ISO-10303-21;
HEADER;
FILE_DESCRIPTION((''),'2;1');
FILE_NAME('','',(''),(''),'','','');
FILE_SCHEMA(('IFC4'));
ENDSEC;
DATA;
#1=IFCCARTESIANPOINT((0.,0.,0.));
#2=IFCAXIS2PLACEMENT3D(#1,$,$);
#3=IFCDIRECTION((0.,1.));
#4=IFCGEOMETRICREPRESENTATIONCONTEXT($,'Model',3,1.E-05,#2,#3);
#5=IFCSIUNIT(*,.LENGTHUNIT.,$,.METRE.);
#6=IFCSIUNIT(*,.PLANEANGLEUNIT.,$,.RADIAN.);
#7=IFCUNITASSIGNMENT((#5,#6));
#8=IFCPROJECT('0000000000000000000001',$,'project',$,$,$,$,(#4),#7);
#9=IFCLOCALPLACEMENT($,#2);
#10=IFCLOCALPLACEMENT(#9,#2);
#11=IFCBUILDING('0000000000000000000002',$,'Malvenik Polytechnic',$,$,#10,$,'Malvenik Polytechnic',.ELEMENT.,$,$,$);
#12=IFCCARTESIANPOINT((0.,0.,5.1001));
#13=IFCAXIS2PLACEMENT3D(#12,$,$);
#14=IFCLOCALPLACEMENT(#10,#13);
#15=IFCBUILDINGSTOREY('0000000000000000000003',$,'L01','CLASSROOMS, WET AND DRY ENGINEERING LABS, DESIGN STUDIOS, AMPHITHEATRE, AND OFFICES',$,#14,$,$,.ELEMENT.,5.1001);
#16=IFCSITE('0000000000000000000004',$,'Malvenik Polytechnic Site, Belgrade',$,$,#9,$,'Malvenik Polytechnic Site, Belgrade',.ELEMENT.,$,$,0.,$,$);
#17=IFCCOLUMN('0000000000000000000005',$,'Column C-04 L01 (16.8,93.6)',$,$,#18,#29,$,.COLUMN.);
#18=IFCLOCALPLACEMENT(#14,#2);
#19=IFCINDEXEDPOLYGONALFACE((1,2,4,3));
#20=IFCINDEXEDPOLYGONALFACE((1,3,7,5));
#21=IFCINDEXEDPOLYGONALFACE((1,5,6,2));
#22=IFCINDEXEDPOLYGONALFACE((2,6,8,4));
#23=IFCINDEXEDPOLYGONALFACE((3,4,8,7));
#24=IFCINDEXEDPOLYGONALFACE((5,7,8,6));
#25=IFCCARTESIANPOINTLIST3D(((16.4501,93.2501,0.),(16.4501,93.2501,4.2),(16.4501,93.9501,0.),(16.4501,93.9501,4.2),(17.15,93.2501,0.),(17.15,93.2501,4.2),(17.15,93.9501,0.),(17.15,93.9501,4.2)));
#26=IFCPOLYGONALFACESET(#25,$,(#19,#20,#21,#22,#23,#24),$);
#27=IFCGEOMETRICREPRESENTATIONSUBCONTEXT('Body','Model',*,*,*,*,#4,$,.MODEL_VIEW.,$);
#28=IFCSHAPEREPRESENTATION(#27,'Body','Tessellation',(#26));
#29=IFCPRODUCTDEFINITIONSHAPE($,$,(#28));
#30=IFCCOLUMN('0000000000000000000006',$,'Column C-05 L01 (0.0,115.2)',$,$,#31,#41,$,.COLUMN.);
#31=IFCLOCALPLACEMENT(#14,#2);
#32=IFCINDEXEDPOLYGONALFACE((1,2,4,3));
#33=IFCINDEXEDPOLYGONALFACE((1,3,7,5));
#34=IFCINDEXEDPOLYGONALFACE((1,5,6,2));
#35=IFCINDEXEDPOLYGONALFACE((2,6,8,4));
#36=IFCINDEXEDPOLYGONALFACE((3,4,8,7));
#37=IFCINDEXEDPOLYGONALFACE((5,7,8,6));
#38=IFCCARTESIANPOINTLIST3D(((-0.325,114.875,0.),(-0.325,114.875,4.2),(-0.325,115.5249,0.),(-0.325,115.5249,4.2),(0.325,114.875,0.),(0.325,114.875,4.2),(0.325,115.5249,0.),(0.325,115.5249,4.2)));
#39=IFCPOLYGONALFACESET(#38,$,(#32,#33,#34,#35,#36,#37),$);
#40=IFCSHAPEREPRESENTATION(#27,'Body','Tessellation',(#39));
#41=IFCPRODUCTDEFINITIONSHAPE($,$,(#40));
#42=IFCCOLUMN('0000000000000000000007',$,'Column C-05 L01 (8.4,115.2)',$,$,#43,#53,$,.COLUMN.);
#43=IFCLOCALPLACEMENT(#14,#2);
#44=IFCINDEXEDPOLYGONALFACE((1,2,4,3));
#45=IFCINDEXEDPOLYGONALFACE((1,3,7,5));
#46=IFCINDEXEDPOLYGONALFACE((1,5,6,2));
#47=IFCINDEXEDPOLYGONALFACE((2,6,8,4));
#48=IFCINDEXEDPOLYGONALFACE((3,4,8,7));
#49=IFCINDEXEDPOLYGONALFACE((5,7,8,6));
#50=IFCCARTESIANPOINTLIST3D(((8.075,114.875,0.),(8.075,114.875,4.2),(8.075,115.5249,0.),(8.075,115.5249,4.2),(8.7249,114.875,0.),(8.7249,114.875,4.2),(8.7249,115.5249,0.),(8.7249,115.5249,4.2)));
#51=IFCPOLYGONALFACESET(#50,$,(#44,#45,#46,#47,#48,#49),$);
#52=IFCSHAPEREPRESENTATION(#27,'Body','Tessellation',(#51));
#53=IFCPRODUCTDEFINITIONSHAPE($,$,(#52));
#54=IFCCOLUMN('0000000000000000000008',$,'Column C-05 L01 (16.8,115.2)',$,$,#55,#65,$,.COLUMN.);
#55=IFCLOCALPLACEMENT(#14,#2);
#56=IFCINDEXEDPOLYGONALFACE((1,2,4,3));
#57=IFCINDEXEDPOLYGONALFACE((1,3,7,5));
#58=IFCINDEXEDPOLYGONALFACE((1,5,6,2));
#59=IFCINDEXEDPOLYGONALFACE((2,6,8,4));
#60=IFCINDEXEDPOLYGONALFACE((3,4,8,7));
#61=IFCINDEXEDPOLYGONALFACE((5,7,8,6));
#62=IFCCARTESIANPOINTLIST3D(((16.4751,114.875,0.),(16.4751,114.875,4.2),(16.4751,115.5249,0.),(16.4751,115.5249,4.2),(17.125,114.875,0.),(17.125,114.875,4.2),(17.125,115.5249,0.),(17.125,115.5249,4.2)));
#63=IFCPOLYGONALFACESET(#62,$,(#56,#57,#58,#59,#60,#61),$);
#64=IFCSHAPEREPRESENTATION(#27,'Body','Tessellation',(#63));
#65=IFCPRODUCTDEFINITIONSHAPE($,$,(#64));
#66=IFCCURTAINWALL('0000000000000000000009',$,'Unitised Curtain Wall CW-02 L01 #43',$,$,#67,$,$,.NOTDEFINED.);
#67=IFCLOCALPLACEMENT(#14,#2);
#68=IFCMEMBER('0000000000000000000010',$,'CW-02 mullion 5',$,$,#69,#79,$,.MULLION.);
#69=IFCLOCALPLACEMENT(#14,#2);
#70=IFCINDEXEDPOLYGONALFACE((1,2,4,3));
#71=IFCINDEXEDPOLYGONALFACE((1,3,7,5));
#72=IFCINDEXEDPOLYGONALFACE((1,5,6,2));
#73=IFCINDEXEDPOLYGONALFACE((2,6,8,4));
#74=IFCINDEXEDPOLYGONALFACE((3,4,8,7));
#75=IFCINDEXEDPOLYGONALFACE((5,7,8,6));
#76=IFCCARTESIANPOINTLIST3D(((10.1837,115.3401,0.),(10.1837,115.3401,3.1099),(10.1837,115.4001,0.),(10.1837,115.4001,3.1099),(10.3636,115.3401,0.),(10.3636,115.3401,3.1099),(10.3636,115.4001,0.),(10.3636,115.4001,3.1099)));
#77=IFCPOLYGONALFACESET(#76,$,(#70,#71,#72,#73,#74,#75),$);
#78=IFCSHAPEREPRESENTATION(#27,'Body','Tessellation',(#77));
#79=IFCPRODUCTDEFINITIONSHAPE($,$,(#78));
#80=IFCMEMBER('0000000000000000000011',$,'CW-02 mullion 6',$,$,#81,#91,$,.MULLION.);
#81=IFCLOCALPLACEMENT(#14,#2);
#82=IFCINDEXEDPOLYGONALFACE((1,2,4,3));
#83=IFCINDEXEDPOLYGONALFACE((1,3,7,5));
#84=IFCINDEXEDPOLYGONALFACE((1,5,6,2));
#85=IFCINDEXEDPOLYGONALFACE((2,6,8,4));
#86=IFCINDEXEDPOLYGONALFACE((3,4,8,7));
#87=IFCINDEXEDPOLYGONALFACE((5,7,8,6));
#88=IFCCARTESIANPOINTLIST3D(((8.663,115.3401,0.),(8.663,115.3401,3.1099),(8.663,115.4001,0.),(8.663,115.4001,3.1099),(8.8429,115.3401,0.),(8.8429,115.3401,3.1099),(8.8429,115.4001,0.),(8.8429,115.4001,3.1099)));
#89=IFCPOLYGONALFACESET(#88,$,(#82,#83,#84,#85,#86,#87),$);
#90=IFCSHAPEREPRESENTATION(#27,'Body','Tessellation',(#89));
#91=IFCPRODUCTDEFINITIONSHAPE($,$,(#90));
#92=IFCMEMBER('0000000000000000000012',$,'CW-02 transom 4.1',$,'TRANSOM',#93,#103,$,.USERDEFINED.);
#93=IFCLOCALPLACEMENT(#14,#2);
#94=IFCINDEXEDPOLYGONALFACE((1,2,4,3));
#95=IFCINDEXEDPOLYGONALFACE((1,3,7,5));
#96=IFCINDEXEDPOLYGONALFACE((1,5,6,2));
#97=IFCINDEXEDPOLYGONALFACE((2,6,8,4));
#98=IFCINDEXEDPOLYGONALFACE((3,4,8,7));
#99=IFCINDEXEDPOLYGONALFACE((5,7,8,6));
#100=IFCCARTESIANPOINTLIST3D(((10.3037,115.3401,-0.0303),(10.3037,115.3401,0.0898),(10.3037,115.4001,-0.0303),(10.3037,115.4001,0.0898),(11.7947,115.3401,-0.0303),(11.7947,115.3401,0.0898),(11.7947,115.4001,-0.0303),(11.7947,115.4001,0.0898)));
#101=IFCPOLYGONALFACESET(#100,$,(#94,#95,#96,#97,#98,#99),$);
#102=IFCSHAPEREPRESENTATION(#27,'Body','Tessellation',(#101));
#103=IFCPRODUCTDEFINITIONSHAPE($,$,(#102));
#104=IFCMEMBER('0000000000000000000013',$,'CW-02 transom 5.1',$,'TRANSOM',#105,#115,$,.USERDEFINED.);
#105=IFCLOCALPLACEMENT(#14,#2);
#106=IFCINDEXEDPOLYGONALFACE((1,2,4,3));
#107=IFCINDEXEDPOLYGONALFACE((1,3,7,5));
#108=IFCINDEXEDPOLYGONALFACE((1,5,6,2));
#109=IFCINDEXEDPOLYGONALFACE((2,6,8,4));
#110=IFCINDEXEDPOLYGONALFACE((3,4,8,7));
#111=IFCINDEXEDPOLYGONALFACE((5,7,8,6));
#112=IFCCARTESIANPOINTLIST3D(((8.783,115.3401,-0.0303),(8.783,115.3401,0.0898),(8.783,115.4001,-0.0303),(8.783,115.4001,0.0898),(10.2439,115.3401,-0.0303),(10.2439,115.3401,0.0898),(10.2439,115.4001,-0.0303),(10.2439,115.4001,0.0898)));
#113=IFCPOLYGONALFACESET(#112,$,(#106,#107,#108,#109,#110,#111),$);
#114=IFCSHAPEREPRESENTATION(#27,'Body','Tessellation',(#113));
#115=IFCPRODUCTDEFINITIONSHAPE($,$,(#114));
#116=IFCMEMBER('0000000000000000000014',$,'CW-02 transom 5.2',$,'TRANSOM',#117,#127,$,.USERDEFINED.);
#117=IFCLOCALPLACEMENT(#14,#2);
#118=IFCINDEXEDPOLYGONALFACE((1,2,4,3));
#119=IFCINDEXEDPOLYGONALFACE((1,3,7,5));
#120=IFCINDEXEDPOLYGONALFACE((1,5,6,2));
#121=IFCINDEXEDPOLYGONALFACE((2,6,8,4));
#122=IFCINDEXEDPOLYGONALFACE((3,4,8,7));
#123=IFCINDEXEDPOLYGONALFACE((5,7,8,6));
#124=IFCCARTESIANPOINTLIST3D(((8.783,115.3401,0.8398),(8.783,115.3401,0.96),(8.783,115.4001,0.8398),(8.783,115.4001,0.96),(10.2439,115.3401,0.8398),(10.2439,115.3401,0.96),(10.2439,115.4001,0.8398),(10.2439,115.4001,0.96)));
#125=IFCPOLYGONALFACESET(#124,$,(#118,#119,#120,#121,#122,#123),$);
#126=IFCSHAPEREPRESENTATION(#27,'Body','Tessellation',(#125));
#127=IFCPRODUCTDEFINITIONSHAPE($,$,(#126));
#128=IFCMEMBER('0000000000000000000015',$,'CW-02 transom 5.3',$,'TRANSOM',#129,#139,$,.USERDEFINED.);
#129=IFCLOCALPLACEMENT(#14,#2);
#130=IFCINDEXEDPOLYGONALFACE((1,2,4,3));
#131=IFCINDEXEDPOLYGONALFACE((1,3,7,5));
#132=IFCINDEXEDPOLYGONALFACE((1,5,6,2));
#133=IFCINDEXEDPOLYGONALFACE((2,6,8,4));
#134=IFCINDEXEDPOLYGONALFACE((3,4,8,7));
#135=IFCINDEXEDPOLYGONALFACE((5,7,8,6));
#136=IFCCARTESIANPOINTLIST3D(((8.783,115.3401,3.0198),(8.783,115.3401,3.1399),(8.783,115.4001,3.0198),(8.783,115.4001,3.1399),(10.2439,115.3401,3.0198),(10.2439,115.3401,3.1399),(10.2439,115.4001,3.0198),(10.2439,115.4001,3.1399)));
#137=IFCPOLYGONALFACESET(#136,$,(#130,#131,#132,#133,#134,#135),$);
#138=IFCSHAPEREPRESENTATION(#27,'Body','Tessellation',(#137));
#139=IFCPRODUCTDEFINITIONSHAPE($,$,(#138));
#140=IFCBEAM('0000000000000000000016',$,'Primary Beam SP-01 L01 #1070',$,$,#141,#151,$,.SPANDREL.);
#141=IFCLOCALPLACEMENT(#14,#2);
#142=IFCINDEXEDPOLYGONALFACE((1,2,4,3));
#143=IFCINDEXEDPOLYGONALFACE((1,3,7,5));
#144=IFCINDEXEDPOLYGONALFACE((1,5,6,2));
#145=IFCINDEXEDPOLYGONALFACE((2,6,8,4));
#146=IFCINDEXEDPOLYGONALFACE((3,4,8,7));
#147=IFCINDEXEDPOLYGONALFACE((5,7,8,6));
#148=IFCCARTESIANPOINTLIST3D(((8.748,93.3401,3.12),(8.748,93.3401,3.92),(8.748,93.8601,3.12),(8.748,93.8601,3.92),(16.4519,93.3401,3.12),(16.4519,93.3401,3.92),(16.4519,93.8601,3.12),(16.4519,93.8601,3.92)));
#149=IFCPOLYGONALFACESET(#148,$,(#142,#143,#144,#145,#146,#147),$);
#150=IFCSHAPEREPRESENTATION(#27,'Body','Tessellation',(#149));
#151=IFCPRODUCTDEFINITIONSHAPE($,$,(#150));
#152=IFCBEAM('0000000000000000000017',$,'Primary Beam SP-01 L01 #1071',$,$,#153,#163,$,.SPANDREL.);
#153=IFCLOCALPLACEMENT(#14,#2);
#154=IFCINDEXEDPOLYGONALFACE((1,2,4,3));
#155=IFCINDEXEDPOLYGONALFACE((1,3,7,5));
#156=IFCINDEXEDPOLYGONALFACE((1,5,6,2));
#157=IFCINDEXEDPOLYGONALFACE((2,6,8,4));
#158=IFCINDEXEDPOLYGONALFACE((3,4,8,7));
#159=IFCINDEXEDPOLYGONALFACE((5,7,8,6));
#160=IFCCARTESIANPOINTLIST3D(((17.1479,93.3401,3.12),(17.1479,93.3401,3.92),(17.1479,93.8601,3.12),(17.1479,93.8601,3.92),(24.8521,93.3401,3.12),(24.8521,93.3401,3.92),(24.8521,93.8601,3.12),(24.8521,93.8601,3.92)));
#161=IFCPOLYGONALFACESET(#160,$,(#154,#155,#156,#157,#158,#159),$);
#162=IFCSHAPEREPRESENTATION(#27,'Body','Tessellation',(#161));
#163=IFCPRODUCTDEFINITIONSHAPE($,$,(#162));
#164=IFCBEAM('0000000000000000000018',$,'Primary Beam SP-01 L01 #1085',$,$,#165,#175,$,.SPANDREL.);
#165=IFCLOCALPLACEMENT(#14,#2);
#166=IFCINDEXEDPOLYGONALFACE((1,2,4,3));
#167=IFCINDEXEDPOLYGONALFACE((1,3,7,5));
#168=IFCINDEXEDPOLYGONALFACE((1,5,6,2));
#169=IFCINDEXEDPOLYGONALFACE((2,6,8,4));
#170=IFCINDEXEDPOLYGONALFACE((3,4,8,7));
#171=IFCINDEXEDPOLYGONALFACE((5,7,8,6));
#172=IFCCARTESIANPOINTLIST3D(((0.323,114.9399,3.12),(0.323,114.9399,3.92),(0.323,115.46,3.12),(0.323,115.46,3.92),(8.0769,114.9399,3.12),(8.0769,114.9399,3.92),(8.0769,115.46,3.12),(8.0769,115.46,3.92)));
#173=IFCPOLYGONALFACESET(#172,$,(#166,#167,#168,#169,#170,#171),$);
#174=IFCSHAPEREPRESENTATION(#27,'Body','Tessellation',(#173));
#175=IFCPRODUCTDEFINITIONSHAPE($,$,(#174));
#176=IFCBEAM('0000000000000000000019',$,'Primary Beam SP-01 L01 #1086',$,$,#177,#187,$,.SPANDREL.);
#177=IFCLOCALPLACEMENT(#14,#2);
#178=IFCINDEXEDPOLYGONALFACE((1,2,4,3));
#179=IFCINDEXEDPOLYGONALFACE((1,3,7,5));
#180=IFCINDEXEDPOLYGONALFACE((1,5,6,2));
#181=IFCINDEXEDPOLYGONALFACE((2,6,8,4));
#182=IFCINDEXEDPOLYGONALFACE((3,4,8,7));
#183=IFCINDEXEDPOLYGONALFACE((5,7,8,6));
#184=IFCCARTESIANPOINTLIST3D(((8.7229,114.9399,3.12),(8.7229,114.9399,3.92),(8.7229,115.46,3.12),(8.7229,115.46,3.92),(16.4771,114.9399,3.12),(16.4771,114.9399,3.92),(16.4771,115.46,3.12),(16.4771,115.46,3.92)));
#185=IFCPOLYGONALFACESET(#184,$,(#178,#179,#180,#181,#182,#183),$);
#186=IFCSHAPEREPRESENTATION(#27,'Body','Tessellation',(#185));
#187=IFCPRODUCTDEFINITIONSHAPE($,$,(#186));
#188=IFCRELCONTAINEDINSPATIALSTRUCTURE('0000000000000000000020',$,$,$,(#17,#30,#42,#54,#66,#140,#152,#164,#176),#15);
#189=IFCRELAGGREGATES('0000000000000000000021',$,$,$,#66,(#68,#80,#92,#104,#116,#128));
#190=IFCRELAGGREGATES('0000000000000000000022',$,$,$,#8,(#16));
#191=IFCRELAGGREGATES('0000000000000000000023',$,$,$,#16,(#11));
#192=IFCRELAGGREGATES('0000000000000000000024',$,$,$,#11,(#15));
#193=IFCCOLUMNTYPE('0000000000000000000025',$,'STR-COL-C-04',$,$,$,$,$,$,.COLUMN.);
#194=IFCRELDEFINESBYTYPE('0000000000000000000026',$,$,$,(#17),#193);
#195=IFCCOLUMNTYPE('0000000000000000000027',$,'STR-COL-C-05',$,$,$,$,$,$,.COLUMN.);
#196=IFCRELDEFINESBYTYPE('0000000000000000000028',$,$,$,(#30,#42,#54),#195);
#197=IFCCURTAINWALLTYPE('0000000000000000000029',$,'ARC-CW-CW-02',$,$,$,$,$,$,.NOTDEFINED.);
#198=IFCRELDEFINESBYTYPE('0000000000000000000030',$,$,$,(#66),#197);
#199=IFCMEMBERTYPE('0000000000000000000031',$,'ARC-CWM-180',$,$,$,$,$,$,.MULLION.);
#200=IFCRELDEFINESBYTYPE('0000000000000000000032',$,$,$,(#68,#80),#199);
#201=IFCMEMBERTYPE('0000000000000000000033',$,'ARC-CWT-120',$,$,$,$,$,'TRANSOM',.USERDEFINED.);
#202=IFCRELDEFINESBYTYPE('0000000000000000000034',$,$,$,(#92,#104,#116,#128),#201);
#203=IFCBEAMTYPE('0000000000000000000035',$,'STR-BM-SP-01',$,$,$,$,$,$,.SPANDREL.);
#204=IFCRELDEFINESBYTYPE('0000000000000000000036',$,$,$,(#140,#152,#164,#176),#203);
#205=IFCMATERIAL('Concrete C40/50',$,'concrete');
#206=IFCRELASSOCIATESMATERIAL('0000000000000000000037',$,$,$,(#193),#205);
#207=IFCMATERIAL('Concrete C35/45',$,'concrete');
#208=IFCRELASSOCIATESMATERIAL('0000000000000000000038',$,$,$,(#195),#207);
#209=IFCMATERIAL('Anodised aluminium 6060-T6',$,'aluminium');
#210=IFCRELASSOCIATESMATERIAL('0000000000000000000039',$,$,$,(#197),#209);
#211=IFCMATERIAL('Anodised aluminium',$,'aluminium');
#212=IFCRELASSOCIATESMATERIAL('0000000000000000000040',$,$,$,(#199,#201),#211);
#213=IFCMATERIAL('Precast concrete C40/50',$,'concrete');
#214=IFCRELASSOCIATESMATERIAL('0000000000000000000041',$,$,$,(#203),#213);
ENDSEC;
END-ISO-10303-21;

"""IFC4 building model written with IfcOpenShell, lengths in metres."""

from ifc_helpers import new_model, si_unit, direction, frame, origin, origin_2d, place, context, subcontext, project, spatial, rectangle, extrude, material, material_profile, profile_set, type_object, element, aggregate, save


model = new_model("IFC4")

# Units and contexts
model_context = context("Model", 3, precision=1e-05, world=origin(), true_north=direction((0.0, 1.0)))
body_context = subcontext(model_context, "Body", "Model", "MODEL_VIEW")
ifc_project = project(units=[si_unit("LENGTHUNIT", "METRE"), si_unit("PLANEANGLEUNIT", "RADIAN")], contexts=[model_context])

# Site, building, storey
site_placement = place(None, origin())
site = spatial("IfcSite", under=ifc_project, at=site_placement, Name="Malvenik Polytechnic Site, Belgrade", LongName="Malvenik Polytechnic Site, Belgrade", CompositionType="ELEMENT", RefElevation=0.0)
building_placement = place(site_placement, origin())
building = spatial("IfcBuilding", under=site, at=building_placement, Name="Malvenik Polytechnic", LongName="Malvenik Polytechnic", CompositionType="ELEMENT")
storey_placement = place(building_placement, frame((0.0, 0.0, 5.1001)))
storey = spatial("IfcBuildingStorey", under=building, at=storey_placement, Name="L01", Description="CLASSROOMS, WET AND DRY ENGINEERING LABS, DESIGN STUDIOS, AMPHITHEATRE, AND OFFICES", CompositionType="ELEMENT", Elevation=5.1001)

# Columns
ifc_material_1 = material(Name="Concrete C40/50", Category="concrete")
ifc_material_profile_1 = material_profile(ifc_material_1, rectangle(XDim=0.7, YDim=0.7, at=origin_2d()), Name="RC COL 700x700")
ifc_profile_set_1 = profile_set([ifc_material_profile_1], Name="Concrete C40/50")
column_type_1 = type_object("IfcColumnType", Name="STR-COL-C-04", PredefinedType="COLUMN", material=ifc_profile_set_1)
column_placement = place(storey_placement, frame((16.8, 93.6001, 0.0), z_axis=(0.0, 0.0, 1.0), x_axis=(1.0, 0.0, 0.0)))
element("IfcColumn", 1, at=column_placement, inside=storey, type_object=column_type_1, Name="Column C-04 L01 (16.8,93.6)", PredefinedType="COLUMN", context=body_context, shape_type="SweptSolid", body=[
    extrude(rectangle(XDim=0.7, YDim=0.7, at=origin_2d()), origin(), (0.0, 0.0, 1.0), 4.2),
])
ifc_material_2 = material(Name="Concrete C35/45", Category="concrete")
ifc_material_profile_2 = material_profile(ifc_material_2, rectangle(XDim=0.6499, YDim=0.6499, at=origin_2d()), Name="RC COL 650x650")
ifc_profile_set_2 = profile_set([ifc_material_profile_2], Name="Concrete C35/45")
column_type_2 = type_object("IfcColumnType", Name="STR-COL-C-05", PredefinedType="COLUMN", material=ifc_profile_set_2)
for number, where, z_axis, x_axis, name in (
    (2, (0.0, 115.2, 0.0), (0.0, 0.0, 1.0), (1.0, 0.0, 0.0), "Column C-05 L01 (0.0,115.2)"),
    (3, (8.3999, 115.2, 0.0), (0.0, 0.0, 1.0), (1.0, 0.0, 0.0), "Column C-05 L01 (8.4,115.2)"),
    (4, (16.8, 115.2, 0.0), (0.0, 0.0, 1.0), (1.0, 0.0, 0.0), "Column C-05 L01 (16.8,115.2)"),
):
    element("IfcColumn", number, at=place(storey_placement, frame(where, z_axis=z_axis, x_axis=x_axis)), inside=storey, type_object=column_type_2, Name=name, PredefinedType="COLUMN", context=body_context, shape_type="SweptSolid", body=[
        extrude(rectangle(XDim=0.6499, YDim=0.6499, at=origin_2d()), origin(), (0.0, 0.0, 1.0), 4.2),
    ])

# Curtain wall, members
ifc_material_3 = material(Name="Anodised aluminium 6060-T6", Category="aluminium")
curtain_wall_type = type_object("IfcCurtainWallType", Name="ARC-CW-CW-02", PredefinedType="NOTDEFINED", material=ifc_material_3)
curtain_wall_placement = place(storey_placement, origin())
curtain_wall = element("IfcCurtainWall", 5, at=curtain_wall_placement, inside=storey, type_object=curtain_wall_type, Name="Unitised Curtain Wall CW-02 L01 #43", PredefinedType="NOTDEFINED")
ifc_material_4 = material(Name="Anodised aluminium", Category="aluminium")
ifc_material_profile_3 = material_profile(ifc_material_4, rectangle(XDim=0.0601, YDim=0.1799, at=origin_2d()), Name="ALU MULLION 60x180")
ifc_profile_set_3 = profile_set([ifc_material_profile_3], Name="Anodised aluminium")
member_type_1 = type_object("IfcMemberType", Name="ARC-CWM-180", PredefinedType="MULLION", material=ifc_profile_set_3)
member_1_placement = place(storey_placement, frame((10.2737, 115.3701, 0.0), z_axis=(0.0, 0.0, 1.0), x_axis=(0.0, -1.0, 0.0)))
member_1 = element("IfcMember", 6, at=member_1_placement, type_object=member_type_1, Name="CW-02 mullion 5", PredefinedType="MULLION", context=body_context, shape_type="SweptSolid", body=[
    extrude(rectangle(XDim=0.0601, YDim=0.1799, at=origin_2d()), origin(), (0.0, 0.0, 1.0), 3.1099),
])
member_2_placement = place(storey_placement, frame((8.7529, 115.3701, 0.0), z_axis=(0.0, 0.0, 1.0), x_axis=(0.0, -1.0, 0.0)))
member_2 = element("IfcMember", 7, at=member_2_placement, type_object=member_type_1, Name="CW-02 mullion 6", PredefinedType="MULLION", context=body_context, shape_type="SweptSolid", body=[
    extrude(rectangle(XDim=0.0601, YDim=0.1799, at=origin_2d()), origin(), (0.0, 0.0, 1.0), 3.1099),
])
ifc_material_profile_4 = material_profile(ifc_material_4, rectangle(XDim=0.0601, YDim=0.1201, at=origin_2d()), Name="ALU TRANSOM 60x120")
ifc_profile_set_4 = profile_set([ifc_material_profile_4], Name="Anodised aluminium")
member_type_2 = type_object("IfcMemberType", Name="ARC-CWT-120", ElementType="TRANSOM", PredefinedType="USERDEFINED", material=ifc_profile_set_4)
member_3_placement = place(storey_placement, frame((11.7947, 115.3701, 0.0298), z_axis=(-1.0, 0.0, 0.0), x_axis=(0.0, -1.0, 0.0)))
member_3 = element("IfcMember", 8, at=member_3_placement, type_object=member_type_2, Name="CW-02 transom 4.1", ObjectType="TRANSOM", PredefinedType="USERDEFINED", context=body_context, shape_type="SweptSolid", body=[
    extrude(rectangle(XDim=0.0601, YDim=0.1201, at=origin_2d()), origin(), (0.0, 0.0, 1.0), 1.491),
])
member_4_placement = place(storey_placement, frame((10.2439, 115.3701, 0.0298), z_axis=(-1.0, 0.0, 0.0), x_axis=(0.0, -1.0, 0.0)))
member_4 = element("IfcMember", 9, at=member_4_placement, type_object=member_type_2, Name="CW-02 transom 5.1", ObjectType="TRANSOM", PredefinedType="USERDEFINED", context=body_context, shape_type="SweptSolid", body=[
    extrude(rectangle(XDim=0.0601, YDim=0.1201, at=origin_2d()), origin(), (0.0, 0.0, 1.0), 1.4609),
])
member_5_placement = place(storey_placement, frame((10.2439, 115.3701, 0.8999), z_axis=(-1.0, 0.0, 0.0), x_axis=(0.0, -1.0, 0.0)))
member_5 = element("IfcMember", 10, at=member_5_placement, type_object=member_type_2, Name="CW-02 transom 5.2", ObjectType="TRANSOM", PredefinedType="USERDEFINED", context=body_context, shape_type="SweptSolid", body=[
    extrude(rectangle(XDim=0.0601, YDim=0.1201, at=origin_2d()), origin(), (0.0, 0.0, 1.0), 1.4609),
])
member_6_placement = place(storey_placement, frame((10.2439, 115.3701, 3.0798), z_axis=(-1.0, 0.0, 0.0), x_axis=(0.0, -1.0, 0.0)))
member_6 = element("IfcMember", 11, at=member_6_placement, type_object=member_type_2, Name="CW-02 transom 5.3", ObjectType="TRANSOM", PredefinedType="USERDEFINED", context=body_context, shape_type="SweptSolid", body=[
    extrude(rectangle(XDim=0.0601, YDim=0.1201, at=origin_2d()), origin(), (0.0, 0.0, 1.0), 1.4609),
])

# Beams
ifc_material_5 = material(Name="Precast concrete C40/50", Category="concrete")
ifc_material_profile_5 = material_profile(ifc_material_5, rectangle(XDim=0.52, YDim=0.8, at=origin_2d()), Name="PC SPN 520x800")
ifc_profile_set_5 = profile_set([ifc_material_profile_5], Name="Precast concrete C40/50")
beam_type = type_object("IfcBeamType", Name="STR-BM-SP-01", PredefinedType="SPANDREL", material=ifc_profile_set_5)
beam_1_placement = place(storey_placement, frame((8.748, 93.6001, 3.52), z_axis=(1.0, 0.0, 0.0), x_axis=(0.0, 1.0, 0.0)))
element("IfcBeam", 12, at=beam_1_placement, inside=storey, type_object=beam_type, Name="Primary Beam SP-01 L01 #1070", PredefinedType="SPANDREL", context=body_context, shape_type="SweptSolid", body=[
    extrude(rectangle(XDim=0.52, YDim=0.8, at=origin_2d()), origin(), (0.0, 0.0, 1.0), 7.7039),
])
beam_2_placement = place(storey_placement, frame((17.1479, 93.6001, 3.52), z_axis=(1.0, 0.0, 0.0), x_axis=(0.0, 1.0, 0.0)))
element("IfcBeam", 13, at=beam_2_placement, inside=storey, type_object=beam_type, Name="Primary Beam SP-01 L01 #1071", PredefinedType="SPANDREL", context=body_context, shape_type="SweptSolid", body=[
    extrude(rectangle(XDim=0.52, YDim=0.8, at=origin_2d()), origin(), (0.0, 0.0, 1.0), 7.7041),
])
beam_3_placement = place(storey_placement, frame((0.323, 115.2, 3.52), z_axis=(1.0, 0.0, 0.0), x_axis=(0.0, 1.0, 0.0)))
element("IfcBeam", 14, at=beam_3_placement, inside=storey, type_object=beam_type, Name="Primary Beam SP-01 L01 #1085", PredefinedType="SPANDREL", context=body_context, shape_type="SweptSolid", body=[
    extrude(rectangle(XDim=0.52, YDim=0.8, at=origin_2d()), origin(), (0.0, 0.0, 1.0), 7.7539),
])
beam_4_placement = place(storey_placement, frame((8.7229, 115.2, 3.52), z_axis=(1.0, 0.0, 0.0), x_axis=(0.0, 1.0, 0.0)))
element("IfcBeam", 15, at=beam_4_placement, inside=storey, type_object=beam_type, Name="Primary Beam SP-01 L01 #1086", PredefinedType="SPANDREL", context=body_context, shape_type="SweptSolid", body=[
    extrude(rectangle(XDim=0.52, YDim=0.8, at=origin_2d()), origin(), (0.0, 0.0, 1.0), 7.7542),
])

aggregate(curtain_wall, [member_1, member_2, member_3, member_4, member_5, member_6])

save(model, "model.ifc")
